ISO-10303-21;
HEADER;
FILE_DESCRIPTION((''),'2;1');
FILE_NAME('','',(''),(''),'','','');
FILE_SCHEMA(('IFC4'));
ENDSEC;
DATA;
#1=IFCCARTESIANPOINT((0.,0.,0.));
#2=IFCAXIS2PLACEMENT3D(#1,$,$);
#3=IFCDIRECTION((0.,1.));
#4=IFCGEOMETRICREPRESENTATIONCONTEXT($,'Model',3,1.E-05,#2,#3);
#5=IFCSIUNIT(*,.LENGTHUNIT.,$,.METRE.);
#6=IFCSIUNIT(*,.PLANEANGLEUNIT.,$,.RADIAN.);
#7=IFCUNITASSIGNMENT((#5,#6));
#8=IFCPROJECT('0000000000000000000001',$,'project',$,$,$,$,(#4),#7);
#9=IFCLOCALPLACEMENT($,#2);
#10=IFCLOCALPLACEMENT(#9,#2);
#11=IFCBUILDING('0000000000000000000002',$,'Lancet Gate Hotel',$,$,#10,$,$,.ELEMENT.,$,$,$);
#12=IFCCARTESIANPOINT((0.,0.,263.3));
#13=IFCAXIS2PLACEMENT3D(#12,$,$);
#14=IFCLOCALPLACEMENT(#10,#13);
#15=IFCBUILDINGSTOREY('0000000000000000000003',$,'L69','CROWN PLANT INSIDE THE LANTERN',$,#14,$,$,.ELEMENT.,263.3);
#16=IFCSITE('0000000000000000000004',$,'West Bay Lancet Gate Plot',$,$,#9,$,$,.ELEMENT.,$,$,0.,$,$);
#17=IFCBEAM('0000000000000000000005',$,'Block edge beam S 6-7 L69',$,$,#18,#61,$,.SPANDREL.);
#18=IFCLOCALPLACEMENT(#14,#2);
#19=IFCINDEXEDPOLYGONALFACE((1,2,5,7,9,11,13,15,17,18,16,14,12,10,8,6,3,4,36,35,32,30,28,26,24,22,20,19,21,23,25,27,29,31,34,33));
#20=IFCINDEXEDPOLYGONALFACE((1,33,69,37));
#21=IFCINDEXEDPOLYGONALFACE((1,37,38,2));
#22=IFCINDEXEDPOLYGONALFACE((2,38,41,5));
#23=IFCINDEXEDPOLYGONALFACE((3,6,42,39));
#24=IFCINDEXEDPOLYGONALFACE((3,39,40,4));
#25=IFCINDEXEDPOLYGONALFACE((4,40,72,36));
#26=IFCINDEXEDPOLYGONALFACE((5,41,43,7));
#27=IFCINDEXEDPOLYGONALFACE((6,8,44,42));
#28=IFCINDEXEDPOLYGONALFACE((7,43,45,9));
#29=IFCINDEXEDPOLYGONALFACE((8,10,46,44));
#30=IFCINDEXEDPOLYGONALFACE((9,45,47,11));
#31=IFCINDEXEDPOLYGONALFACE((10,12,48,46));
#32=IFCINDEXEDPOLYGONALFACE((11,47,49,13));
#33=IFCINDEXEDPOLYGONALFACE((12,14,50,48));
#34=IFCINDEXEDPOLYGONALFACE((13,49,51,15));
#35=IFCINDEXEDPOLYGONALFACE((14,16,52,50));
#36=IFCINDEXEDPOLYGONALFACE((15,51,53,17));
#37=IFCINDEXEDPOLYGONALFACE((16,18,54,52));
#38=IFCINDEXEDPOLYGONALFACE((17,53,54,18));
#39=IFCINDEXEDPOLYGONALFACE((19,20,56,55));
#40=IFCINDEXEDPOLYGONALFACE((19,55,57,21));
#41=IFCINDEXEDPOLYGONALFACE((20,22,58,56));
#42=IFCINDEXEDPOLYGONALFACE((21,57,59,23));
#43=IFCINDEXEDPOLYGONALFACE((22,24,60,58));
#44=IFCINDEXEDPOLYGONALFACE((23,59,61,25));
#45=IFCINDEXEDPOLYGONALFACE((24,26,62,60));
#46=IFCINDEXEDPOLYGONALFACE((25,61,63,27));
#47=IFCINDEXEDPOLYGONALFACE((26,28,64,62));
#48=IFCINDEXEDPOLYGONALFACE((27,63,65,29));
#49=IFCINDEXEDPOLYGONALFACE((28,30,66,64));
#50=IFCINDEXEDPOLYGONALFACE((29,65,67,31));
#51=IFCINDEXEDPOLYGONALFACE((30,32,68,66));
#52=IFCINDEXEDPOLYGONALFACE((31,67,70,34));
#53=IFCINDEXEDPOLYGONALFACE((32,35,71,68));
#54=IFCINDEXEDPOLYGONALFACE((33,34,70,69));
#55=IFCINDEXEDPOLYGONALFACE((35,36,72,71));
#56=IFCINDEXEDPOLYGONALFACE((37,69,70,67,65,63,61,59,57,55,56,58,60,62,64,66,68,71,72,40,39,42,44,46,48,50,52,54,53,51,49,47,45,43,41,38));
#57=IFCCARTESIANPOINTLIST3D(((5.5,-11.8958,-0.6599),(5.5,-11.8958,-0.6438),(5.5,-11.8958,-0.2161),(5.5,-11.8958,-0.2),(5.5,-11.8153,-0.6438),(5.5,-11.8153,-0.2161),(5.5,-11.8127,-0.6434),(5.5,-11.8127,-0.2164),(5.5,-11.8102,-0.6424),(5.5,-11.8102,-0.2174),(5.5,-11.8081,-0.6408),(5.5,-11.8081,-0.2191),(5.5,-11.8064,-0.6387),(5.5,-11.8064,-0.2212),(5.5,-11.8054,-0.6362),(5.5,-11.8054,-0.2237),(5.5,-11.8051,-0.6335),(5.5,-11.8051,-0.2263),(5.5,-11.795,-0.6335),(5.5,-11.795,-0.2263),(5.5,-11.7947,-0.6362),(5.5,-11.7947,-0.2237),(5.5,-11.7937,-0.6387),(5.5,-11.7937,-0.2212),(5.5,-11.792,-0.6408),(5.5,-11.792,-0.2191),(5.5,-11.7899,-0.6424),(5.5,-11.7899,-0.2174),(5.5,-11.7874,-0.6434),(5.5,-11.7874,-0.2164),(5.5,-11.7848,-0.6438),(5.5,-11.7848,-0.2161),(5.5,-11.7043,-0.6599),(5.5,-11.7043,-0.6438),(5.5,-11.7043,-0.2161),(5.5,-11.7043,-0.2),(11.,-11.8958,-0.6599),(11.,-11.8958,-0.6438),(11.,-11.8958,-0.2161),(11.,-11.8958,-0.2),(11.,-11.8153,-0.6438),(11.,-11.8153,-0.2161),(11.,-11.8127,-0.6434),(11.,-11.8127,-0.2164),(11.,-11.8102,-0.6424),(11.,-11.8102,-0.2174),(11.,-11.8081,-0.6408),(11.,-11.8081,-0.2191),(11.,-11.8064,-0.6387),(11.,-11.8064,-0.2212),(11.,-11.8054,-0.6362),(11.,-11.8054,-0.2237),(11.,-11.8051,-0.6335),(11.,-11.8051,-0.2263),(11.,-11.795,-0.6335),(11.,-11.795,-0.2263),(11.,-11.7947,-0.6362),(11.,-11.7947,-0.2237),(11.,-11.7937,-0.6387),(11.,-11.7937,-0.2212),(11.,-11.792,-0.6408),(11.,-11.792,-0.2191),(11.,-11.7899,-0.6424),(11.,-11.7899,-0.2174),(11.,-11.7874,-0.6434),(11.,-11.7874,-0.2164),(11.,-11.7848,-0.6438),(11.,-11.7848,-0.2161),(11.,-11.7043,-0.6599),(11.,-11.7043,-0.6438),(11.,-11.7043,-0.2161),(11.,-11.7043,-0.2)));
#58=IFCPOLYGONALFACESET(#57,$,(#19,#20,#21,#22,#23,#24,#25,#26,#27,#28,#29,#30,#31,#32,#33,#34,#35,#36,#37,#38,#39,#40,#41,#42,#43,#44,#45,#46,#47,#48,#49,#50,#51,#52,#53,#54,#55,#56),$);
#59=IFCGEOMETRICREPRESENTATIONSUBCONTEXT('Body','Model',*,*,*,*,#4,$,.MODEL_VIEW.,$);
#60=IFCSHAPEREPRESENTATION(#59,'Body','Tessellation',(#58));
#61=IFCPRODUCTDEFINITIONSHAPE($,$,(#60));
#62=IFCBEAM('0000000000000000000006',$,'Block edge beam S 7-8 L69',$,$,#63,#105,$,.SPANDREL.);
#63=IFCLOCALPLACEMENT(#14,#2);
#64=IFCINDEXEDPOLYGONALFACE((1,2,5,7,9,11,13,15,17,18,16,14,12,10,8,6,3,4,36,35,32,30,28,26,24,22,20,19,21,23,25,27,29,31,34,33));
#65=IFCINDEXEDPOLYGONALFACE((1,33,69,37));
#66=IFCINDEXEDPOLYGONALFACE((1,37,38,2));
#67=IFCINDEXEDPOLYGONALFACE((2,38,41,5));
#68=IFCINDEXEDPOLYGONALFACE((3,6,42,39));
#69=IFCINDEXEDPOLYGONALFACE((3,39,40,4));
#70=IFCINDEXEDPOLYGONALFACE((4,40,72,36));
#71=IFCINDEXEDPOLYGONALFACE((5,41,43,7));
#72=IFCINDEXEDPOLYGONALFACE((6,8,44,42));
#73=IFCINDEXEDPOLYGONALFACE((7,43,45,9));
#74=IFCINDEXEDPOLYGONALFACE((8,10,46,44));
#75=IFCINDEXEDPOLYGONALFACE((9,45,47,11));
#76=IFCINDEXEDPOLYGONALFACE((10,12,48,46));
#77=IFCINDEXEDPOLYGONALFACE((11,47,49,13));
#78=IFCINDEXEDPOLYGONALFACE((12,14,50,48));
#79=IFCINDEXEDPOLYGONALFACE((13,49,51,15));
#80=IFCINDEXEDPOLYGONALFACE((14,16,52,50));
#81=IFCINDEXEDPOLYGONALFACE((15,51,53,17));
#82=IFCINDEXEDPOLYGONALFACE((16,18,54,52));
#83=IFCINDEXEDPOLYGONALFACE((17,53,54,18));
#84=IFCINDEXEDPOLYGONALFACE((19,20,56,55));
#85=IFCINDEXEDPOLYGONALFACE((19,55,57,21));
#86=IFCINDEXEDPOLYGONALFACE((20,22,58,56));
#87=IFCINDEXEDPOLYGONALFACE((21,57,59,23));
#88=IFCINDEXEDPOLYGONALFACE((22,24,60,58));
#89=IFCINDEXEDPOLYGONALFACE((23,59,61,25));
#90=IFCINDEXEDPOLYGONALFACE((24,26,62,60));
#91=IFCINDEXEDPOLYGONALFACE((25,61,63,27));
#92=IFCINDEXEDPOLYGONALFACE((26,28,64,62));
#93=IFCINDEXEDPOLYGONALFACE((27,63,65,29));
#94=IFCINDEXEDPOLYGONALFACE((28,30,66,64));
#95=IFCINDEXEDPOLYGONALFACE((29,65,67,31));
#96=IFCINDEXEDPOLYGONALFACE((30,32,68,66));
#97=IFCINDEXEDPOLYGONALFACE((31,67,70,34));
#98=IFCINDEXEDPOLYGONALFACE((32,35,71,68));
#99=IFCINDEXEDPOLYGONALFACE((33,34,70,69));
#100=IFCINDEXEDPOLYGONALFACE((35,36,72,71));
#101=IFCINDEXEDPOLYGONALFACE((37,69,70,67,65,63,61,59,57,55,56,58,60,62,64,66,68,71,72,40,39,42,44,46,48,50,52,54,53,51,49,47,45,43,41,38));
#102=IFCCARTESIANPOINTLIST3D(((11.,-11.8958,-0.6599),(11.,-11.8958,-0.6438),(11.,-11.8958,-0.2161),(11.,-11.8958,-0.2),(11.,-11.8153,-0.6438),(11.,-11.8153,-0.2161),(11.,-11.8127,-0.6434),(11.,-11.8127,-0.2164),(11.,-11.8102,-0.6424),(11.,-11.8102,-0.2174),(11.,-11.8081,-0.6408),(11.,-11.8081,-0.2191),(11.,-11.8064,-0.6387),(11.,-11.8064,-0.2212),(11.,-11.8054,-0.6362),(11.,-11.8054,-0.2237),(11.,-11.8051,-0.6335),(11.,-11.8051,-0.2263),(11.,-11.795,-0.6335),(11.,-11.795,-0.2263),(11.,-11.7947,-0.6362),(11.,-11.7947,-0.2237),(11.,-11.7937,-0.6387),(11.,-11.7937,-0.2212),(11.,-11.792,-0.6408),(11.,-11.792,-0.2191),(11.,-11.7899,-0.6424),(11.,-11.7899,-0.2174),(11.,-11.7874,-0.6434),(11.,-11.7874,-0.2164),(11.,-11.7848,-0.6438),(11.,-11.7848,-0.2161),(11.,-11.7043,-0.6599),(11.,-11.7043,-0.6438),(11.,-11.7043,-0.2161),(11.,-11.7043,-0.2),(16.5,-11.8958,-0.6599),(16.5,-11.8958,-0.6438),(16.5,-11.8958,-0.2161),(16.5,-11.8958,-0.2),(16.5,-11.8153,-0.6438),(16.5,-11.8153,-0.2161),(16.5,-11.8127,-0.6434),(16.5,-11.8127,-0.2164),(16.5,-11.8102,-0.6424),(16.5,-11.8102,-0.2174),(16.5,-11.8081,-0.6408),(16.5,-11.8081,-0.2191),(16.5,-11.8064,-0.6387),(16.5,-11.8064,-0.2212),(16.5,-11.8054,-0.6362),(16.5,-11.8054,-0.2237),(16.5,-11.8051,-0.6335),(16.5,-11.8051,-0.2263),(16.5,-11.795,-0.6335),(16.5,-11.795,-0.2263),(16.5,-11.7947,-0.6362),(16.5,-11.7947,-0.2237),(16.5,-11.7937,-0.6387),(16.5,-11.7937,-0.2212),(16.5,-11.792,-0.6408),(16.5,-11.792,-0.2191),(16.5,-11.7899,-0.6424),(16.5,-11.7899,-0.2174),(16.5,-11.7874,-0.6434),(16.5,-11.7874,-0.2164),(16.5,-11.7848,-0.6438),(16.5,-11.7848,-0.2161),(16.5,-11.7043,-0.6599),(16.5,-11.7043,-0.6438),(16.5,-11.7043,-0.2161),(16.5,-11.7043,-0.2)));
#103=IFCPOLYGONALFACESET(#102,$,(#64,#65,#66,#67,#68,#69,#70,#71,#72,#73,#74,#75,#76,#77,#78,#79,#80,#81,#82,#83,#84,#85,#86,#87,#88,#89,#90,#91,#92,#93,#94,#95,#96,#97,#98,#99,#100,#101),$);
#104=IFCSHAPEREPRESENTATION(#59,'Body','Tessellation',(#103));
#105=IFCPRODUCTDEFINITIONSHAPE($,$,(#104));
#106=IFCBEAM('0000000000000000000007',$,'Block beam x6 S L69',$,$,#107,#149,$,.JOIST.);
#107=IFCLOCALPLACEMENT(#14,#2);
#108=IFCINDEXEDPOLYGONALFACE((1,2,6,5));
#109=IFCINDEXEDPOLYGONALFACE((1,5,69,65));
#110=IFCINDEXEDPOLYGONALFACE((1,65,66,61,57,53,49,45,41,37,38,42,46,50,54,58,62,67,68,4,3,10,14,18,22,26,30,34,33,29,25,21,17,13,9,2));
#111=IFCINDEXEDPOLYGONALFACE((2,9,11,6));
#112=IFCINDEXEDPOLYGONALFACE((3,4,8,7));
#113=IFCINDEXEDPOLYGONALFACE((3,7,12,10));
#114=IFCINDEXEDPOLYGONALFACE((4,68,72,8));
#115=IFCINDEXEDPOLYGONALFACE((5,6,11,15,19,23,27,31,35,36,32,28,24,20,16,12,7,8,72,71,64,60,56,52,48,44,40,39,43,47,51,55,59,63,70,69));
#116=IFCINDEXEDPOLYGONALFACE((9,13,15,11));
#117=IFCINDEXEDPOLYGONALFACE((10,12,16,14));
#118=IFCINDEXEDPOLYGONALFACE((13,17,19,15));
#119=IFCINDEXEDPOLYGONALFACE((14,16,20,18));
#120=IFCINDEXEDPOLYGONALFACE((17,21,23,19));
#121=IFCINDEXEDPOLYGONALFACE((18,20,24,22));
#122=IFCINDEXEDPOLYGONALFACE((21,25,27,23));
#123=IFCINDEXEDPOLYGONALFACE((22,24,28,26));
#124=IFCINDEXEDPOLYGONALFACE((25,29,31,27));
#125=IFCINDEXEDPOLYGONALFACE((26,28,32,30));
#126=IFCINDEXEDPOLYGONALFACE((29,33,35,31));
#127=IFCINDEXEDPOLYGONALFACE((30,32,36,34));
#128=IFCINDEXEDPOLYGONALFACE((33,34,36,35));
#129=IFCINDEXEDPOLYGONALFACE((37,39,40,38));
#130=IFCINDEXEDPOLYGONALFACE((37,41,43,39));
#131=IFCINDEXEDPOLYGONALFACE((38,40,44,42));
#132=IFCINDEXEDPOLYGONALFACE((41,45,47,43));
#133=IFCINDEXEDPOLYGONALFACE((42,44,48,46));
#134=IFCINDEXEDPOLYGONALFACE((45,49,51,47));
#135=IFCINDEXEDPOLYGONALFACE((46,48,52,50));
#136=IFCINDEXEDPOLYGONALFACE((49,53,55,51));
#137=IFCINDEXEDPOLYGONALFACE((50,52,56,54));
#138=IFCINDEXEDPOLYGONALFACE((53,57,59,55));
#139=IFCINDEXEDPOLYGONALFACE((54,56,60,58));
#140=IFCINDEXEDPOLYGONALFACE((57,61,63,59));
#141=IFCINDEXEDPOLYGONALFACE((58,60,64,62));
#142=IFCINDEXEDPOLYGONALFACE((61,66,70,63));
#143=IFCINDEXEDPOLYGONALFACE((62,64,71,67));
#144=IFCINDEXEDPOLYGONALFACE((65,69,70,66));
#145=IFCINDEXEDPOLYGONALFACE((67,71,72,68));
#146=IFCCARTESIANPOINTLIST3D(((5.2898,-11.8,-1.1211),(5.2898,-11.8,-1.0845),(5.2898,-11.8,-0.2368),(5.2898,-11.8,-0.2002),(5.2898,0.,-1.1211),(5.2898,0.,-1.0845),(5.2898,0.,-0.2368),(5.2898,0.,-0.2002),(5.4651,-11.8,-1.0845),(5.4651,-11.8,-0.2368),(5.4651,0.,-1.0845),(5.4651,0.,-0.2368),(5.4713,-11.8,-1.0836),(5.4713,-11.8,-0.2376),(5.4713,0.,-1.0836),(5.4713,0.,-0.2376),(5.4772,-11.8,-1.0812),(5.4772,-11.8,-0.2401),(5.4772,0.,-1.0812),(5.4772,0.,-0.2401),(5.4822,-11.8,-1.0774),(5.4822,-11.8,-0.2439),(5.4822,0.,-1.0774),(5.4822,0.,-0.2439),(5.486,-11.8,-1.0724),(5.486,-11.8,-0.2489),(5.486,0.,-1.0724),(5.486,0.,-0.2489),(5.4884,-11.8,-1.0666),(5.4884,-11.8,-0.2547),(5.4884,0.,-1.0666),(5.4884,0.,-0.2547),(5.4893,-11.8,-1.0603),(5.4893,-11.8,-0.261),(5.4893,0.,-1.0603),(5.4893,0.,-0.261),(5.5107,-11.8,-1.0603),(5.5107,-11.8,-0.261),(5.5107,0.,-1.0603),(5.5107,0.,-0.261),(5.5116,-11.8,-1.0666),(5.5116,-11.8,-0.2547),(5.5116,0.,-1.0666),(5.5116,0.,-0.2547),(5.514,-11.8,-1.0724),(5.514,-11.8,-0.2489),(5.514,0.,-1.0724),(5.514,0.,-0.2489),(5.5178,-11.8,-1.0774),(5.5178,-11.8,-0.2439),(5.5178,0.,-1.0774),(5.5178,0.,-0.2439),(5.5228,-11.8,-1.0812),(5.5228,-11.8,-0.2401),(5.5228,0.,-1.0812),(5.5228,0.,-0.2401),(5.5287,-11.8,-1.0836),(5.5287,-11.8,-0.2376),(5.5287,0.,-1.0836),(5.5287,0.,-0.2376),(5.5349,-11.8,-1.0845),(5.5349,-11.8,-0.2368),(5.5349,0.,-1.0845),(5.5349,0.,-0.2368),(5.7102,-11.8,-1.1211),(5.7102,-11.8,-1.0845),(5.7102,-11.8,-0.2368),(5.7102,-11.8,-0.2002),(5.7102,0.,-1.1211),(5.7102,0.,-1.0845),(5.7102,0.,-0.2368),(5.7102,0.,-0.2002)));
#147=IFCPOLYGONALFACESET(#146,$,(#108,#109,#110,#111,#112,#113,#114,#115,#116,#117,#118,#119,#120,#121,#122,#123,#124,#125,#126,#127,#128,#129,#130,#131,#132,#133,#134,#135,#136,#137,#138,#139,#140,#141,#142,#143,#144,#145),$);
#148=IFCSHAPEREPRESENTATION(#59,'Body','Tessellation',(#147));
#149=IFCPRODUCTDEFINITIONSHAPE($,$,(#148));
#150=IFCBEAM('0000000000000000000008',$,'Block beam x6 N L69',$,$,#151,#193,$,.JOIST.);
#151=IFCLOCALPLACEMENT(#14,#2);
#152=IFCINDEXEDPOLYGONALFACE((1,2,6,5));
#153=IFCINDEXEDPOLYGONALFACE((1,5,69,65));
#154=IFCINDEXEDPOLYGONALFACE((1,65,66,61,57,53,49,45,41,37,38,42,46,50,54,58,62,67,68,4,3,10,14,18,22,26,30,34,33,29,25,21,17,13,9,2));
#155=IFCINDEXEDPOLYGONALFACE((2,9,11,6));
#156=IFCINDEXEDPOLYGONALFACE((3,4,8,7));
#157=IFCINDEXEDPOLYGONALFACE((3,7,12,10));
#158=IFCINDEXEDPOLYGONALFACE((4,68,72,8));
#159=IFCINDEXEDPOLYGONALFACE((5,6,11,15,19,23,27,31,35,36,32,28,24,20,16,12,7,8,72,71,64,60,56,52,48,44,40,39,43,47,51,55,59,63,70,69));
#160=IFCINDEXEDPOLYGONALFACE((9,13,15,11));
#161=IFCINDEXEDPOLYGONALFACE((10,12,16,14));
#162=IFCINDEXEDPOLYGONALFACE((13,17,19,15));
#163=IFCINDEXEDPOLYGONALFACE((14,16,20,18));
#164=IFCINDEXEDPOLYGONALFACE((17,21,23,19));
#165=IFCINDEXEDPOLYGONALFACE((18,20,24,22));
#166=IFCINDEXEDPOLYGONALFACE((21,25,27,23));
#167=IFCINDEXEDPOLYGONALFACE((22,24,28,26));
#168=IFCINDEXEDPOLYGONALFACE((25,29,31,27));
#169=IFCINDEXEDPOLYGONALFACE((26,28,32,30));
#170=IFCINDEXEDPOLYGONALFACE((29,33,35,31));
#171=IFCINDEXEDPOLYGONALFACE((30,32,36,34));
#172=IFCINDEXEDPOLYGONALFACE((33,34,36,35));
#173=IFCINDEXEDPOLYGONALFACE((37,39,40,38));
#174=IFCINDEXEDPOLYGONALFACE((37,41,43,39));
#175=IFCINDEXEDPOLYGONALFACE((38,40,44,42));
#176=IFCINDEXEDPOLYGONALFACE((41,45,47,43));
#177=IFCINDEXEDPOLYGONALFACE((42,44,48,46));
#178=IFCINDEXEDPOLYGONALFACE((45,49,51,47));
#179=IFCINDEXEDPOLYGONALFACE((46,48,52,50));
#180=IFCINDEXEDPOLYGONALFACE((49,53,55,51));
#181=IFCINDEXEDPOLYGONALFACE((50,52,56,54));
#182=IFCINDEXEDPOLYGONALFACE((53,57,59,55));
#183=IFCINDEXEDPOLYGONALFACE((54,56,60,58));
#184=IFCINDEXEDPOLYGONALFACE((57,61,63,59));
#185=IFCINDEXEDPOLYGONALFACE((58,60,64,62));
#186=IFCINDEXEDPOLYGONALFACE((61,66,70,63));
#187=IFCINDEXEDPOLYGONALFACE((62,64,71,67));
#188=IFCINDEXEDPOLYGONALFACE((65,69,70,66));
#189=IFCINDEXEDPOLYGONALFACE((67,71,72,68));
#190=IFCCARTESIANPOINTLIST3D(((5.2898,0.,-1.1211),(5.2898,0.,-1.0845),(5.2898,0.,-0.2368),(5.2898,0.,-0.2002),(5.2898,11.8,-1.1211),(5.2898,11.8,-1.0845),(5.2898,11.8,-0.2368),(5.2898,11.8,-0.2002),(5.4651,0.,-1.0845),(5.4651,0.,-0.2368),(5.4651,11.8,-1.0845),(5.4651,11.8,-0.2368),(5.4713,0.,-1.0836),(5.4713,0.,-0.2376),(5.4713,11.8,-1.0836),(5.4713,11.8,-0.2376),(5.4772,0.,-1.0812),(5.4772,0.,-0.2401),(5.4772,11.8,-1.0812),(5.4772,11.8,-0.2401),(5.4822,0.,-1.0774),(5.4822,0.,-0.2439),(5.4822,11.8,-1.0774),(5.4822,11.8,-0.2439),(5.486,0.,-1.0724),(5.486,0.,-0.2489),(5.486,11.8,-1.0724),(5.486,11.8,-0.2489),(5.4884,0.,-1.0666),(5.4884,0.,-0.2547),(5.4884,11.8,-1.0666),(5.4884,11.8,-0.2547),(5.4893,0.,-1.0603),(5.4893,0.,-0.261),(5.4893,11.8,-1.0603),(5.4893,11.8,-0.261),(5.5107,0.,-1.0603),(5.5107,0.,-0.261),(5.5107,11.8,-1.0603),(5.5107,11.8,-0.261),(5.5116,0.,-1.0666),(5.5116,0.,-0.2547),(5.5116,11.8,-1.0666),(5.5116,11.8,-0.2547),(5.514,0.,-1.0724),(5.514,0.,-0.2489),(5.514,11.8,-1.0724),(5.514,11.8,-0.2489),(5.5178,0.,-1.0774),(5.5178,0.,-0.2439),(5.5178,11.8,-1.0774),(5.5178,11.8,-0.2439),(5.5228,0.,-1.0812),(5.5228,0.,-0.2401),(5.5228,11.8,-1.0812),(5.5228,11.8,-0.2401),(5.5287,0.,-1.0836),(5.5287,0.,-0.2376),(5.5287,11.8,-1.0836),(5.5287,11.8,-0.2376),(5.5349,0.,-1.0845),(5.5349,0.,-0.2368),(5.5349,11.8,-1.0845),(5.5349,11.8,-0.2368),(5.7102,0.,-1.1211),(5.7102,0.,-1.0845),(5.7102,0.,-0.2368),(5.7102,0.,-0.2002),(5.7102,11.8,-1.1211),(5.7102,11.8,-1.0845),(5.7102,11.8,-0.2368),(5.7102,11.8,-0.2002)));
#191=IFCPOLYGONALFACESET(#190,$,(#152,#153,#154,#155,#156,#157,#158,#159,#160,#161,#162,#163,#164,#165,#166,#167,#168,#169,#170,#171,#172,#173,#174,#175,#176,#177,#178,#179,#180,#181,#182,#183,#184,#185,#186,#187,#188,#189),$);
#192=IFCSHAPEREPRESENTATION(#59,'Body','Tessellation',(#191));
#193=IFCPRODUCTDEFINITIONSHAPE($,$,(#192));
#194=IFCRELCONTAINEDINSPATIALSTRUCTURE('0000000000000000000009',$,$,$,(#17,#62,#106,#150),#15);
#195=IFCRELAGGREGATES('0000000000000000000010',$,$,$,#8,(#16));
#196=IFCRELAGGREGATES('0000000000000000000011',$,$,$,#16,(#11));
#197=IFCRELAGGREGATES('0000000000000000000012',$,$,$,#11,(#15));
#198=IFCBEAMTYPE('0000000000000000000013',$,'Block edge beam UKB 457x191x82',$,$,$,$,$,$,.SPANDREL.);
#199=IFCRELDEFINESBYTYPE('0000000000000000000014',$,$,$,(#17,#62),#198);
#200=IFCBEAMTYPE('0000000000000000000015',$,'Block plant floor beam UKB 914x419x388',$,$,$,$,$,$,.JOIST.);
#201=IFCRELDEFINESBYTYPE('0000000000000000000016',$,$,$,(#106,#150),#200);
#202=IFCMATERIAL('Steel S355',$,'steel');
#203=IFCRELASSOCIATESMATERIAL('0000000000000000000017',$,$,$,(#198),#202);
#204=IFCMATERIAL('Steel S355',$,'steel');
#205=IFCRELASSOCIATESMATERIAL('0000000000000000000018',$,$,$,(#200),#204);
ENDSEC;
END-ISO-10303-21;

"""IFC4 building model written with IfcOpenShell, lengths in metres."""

from ifc_helpers import new_model, si_unit, direction, frame, origin, origin_2d, place, context, subcontext, project, spatial, i_section, extrude, material, material_profile, profile_set, type_object, element, save


model = new_model("IFC4")

# Units and contexts
model_context = context("Model", 3, precision=1e-05, world=origin(), true_north=direction((0.0, 1.0)))
body_context = subcontext(model_context, "Body", "Model", "MODEL_VIEW")
ifc_project = project(units=[si_unit("LENGTHUNIT", "METRE"), si_unit("PLANEANGLEUNIT", "RADIAN")], contexts=[model_context])

# Site, building, storey
site_placement = place(None, origin())
site = spatial("IfcSite", under=ifc_project, at=site_placement, Name="West Bay Lancet Gate Plot", CompositionType="ELEMENT", RefElevation=0.0)
building_placement = place(site_placement, origin())
building = spatial("IfcBuilding", under=site, at=building_placement, Name="Lancet Gate Hotel", CompositionType="ELEMENT")
storey_placement = place(building_placement, frame((0.0, 0.0, 263.3)))
storey = spatial("IfcBuildingStorey", under=building, at=storey_placement, Name="L69", Description="CROWN PLANT INSIDE THE LANTERN", CompositionType="ELEMENT", Elevation=263.3)

# Beams
ifc_material_1 = material(Name="Steel S355", Category="steel")
ifc_material_profile_1 = material_profile(ifc_material_1, i_section(OverallWidth=0.1914, OverallDepth=0.46, WebThickness=0.01, FlangeThickness=0.0161, FilletRadius=0.0103, at=origin_2d()), Name="UKB 457x191x82")
ifc_profile_set_1 = profile_set([ifc_material_profile_1], Name="Steel S355")
beam_type_1 = type_object("IfcBeamType", Name="Block edge beam UKB 457x191x82", PredefinedType="SPANDREL", material=ifc_profile_set_1)
for number, where, z_axis, x_axis, name in (
    (1, (5.5, -11.8, -0.4299), (1.0, 0.0, 0.0), (0.0, 1.0, 0.0), "Block edge beam S 6-7 L69"),
    (2, (11.0, -11.8, -0.4299), (1.0, 0.0, 0.0), (0.0, 1.0, 0.0), "Block edge beam S 7-8 L69"),
):
    element("IfcBeam", number, at=place(storey_placement, frame(where, z_axis=z_axis, x_axis=x_axis)), inside=storey, type_object=beam_type_1, Name=name, PredefinedType="SPANDREL", context=body_context, shape_type="SweptSolid", body=[
        extrude(i_section(OverallWidth=0.1914, OverallDepth=0.46, WebThickness=0.01, FlangeThickness=0.0161, FilletRadius=0.0103, at=origin_2d()), origin(), (0.0, 0.0, 1.0), 5.5),
    ])
ifc_material_2 = material(Name="Steel S355", Category="steel")
ifc_material_profile_2 = material_profile(ifc_material_2, i_section(OverallWidth=0.4204, OverallDepth=0.9209, WebThickness=0.0215, FlangeThickness=0.0366, FilletRadius=0.0242, at=origin_2d()), Name="UKB 914x419x388")
ifc_profile_set_2 = profile_set([ifc_material_profile_2], Name="Steel S355")
beam_type_2 = type_object("IfcBeamType", Name="Block plant floor beam UKB 914x419x388", PredefinedType="JOIST", material=ifc_profile_set_2)
for number, where, z_axis, x_axis, name in (
    (3, (5.5, -11.8, -0.6606), (0.0, 1.0, 0.0), (-1.0, 0.0, 0.0), "Block beam x6 S L69"),
    (4, (5.5, 0.0, -0.6606), (0.0, 1.0, 0.0), (-1.0, 0.0, 0.0), "Block beam x6 N L69"),
):
    element("IfcBeam", number, at=place(storey_placement, frame(where, z_axis=z_axis, x_axis=x_axis)), inside=storey, type_object=beam_type_2, Name=name, PredefinedType="JOIST", context=body_context, shape_type="SweptSolid", body=[
        extrude(i_section(OverallWidth=0.4204, OverallDepth=0.9209, WebThickness=0.0215, FlangeThickness=0.0366, FilletRadius=0.0242, at=origin_2d()), origin(), (0.0, 0.0, 1.0), 11.8),
    ])

save(model, "model.ifc")
